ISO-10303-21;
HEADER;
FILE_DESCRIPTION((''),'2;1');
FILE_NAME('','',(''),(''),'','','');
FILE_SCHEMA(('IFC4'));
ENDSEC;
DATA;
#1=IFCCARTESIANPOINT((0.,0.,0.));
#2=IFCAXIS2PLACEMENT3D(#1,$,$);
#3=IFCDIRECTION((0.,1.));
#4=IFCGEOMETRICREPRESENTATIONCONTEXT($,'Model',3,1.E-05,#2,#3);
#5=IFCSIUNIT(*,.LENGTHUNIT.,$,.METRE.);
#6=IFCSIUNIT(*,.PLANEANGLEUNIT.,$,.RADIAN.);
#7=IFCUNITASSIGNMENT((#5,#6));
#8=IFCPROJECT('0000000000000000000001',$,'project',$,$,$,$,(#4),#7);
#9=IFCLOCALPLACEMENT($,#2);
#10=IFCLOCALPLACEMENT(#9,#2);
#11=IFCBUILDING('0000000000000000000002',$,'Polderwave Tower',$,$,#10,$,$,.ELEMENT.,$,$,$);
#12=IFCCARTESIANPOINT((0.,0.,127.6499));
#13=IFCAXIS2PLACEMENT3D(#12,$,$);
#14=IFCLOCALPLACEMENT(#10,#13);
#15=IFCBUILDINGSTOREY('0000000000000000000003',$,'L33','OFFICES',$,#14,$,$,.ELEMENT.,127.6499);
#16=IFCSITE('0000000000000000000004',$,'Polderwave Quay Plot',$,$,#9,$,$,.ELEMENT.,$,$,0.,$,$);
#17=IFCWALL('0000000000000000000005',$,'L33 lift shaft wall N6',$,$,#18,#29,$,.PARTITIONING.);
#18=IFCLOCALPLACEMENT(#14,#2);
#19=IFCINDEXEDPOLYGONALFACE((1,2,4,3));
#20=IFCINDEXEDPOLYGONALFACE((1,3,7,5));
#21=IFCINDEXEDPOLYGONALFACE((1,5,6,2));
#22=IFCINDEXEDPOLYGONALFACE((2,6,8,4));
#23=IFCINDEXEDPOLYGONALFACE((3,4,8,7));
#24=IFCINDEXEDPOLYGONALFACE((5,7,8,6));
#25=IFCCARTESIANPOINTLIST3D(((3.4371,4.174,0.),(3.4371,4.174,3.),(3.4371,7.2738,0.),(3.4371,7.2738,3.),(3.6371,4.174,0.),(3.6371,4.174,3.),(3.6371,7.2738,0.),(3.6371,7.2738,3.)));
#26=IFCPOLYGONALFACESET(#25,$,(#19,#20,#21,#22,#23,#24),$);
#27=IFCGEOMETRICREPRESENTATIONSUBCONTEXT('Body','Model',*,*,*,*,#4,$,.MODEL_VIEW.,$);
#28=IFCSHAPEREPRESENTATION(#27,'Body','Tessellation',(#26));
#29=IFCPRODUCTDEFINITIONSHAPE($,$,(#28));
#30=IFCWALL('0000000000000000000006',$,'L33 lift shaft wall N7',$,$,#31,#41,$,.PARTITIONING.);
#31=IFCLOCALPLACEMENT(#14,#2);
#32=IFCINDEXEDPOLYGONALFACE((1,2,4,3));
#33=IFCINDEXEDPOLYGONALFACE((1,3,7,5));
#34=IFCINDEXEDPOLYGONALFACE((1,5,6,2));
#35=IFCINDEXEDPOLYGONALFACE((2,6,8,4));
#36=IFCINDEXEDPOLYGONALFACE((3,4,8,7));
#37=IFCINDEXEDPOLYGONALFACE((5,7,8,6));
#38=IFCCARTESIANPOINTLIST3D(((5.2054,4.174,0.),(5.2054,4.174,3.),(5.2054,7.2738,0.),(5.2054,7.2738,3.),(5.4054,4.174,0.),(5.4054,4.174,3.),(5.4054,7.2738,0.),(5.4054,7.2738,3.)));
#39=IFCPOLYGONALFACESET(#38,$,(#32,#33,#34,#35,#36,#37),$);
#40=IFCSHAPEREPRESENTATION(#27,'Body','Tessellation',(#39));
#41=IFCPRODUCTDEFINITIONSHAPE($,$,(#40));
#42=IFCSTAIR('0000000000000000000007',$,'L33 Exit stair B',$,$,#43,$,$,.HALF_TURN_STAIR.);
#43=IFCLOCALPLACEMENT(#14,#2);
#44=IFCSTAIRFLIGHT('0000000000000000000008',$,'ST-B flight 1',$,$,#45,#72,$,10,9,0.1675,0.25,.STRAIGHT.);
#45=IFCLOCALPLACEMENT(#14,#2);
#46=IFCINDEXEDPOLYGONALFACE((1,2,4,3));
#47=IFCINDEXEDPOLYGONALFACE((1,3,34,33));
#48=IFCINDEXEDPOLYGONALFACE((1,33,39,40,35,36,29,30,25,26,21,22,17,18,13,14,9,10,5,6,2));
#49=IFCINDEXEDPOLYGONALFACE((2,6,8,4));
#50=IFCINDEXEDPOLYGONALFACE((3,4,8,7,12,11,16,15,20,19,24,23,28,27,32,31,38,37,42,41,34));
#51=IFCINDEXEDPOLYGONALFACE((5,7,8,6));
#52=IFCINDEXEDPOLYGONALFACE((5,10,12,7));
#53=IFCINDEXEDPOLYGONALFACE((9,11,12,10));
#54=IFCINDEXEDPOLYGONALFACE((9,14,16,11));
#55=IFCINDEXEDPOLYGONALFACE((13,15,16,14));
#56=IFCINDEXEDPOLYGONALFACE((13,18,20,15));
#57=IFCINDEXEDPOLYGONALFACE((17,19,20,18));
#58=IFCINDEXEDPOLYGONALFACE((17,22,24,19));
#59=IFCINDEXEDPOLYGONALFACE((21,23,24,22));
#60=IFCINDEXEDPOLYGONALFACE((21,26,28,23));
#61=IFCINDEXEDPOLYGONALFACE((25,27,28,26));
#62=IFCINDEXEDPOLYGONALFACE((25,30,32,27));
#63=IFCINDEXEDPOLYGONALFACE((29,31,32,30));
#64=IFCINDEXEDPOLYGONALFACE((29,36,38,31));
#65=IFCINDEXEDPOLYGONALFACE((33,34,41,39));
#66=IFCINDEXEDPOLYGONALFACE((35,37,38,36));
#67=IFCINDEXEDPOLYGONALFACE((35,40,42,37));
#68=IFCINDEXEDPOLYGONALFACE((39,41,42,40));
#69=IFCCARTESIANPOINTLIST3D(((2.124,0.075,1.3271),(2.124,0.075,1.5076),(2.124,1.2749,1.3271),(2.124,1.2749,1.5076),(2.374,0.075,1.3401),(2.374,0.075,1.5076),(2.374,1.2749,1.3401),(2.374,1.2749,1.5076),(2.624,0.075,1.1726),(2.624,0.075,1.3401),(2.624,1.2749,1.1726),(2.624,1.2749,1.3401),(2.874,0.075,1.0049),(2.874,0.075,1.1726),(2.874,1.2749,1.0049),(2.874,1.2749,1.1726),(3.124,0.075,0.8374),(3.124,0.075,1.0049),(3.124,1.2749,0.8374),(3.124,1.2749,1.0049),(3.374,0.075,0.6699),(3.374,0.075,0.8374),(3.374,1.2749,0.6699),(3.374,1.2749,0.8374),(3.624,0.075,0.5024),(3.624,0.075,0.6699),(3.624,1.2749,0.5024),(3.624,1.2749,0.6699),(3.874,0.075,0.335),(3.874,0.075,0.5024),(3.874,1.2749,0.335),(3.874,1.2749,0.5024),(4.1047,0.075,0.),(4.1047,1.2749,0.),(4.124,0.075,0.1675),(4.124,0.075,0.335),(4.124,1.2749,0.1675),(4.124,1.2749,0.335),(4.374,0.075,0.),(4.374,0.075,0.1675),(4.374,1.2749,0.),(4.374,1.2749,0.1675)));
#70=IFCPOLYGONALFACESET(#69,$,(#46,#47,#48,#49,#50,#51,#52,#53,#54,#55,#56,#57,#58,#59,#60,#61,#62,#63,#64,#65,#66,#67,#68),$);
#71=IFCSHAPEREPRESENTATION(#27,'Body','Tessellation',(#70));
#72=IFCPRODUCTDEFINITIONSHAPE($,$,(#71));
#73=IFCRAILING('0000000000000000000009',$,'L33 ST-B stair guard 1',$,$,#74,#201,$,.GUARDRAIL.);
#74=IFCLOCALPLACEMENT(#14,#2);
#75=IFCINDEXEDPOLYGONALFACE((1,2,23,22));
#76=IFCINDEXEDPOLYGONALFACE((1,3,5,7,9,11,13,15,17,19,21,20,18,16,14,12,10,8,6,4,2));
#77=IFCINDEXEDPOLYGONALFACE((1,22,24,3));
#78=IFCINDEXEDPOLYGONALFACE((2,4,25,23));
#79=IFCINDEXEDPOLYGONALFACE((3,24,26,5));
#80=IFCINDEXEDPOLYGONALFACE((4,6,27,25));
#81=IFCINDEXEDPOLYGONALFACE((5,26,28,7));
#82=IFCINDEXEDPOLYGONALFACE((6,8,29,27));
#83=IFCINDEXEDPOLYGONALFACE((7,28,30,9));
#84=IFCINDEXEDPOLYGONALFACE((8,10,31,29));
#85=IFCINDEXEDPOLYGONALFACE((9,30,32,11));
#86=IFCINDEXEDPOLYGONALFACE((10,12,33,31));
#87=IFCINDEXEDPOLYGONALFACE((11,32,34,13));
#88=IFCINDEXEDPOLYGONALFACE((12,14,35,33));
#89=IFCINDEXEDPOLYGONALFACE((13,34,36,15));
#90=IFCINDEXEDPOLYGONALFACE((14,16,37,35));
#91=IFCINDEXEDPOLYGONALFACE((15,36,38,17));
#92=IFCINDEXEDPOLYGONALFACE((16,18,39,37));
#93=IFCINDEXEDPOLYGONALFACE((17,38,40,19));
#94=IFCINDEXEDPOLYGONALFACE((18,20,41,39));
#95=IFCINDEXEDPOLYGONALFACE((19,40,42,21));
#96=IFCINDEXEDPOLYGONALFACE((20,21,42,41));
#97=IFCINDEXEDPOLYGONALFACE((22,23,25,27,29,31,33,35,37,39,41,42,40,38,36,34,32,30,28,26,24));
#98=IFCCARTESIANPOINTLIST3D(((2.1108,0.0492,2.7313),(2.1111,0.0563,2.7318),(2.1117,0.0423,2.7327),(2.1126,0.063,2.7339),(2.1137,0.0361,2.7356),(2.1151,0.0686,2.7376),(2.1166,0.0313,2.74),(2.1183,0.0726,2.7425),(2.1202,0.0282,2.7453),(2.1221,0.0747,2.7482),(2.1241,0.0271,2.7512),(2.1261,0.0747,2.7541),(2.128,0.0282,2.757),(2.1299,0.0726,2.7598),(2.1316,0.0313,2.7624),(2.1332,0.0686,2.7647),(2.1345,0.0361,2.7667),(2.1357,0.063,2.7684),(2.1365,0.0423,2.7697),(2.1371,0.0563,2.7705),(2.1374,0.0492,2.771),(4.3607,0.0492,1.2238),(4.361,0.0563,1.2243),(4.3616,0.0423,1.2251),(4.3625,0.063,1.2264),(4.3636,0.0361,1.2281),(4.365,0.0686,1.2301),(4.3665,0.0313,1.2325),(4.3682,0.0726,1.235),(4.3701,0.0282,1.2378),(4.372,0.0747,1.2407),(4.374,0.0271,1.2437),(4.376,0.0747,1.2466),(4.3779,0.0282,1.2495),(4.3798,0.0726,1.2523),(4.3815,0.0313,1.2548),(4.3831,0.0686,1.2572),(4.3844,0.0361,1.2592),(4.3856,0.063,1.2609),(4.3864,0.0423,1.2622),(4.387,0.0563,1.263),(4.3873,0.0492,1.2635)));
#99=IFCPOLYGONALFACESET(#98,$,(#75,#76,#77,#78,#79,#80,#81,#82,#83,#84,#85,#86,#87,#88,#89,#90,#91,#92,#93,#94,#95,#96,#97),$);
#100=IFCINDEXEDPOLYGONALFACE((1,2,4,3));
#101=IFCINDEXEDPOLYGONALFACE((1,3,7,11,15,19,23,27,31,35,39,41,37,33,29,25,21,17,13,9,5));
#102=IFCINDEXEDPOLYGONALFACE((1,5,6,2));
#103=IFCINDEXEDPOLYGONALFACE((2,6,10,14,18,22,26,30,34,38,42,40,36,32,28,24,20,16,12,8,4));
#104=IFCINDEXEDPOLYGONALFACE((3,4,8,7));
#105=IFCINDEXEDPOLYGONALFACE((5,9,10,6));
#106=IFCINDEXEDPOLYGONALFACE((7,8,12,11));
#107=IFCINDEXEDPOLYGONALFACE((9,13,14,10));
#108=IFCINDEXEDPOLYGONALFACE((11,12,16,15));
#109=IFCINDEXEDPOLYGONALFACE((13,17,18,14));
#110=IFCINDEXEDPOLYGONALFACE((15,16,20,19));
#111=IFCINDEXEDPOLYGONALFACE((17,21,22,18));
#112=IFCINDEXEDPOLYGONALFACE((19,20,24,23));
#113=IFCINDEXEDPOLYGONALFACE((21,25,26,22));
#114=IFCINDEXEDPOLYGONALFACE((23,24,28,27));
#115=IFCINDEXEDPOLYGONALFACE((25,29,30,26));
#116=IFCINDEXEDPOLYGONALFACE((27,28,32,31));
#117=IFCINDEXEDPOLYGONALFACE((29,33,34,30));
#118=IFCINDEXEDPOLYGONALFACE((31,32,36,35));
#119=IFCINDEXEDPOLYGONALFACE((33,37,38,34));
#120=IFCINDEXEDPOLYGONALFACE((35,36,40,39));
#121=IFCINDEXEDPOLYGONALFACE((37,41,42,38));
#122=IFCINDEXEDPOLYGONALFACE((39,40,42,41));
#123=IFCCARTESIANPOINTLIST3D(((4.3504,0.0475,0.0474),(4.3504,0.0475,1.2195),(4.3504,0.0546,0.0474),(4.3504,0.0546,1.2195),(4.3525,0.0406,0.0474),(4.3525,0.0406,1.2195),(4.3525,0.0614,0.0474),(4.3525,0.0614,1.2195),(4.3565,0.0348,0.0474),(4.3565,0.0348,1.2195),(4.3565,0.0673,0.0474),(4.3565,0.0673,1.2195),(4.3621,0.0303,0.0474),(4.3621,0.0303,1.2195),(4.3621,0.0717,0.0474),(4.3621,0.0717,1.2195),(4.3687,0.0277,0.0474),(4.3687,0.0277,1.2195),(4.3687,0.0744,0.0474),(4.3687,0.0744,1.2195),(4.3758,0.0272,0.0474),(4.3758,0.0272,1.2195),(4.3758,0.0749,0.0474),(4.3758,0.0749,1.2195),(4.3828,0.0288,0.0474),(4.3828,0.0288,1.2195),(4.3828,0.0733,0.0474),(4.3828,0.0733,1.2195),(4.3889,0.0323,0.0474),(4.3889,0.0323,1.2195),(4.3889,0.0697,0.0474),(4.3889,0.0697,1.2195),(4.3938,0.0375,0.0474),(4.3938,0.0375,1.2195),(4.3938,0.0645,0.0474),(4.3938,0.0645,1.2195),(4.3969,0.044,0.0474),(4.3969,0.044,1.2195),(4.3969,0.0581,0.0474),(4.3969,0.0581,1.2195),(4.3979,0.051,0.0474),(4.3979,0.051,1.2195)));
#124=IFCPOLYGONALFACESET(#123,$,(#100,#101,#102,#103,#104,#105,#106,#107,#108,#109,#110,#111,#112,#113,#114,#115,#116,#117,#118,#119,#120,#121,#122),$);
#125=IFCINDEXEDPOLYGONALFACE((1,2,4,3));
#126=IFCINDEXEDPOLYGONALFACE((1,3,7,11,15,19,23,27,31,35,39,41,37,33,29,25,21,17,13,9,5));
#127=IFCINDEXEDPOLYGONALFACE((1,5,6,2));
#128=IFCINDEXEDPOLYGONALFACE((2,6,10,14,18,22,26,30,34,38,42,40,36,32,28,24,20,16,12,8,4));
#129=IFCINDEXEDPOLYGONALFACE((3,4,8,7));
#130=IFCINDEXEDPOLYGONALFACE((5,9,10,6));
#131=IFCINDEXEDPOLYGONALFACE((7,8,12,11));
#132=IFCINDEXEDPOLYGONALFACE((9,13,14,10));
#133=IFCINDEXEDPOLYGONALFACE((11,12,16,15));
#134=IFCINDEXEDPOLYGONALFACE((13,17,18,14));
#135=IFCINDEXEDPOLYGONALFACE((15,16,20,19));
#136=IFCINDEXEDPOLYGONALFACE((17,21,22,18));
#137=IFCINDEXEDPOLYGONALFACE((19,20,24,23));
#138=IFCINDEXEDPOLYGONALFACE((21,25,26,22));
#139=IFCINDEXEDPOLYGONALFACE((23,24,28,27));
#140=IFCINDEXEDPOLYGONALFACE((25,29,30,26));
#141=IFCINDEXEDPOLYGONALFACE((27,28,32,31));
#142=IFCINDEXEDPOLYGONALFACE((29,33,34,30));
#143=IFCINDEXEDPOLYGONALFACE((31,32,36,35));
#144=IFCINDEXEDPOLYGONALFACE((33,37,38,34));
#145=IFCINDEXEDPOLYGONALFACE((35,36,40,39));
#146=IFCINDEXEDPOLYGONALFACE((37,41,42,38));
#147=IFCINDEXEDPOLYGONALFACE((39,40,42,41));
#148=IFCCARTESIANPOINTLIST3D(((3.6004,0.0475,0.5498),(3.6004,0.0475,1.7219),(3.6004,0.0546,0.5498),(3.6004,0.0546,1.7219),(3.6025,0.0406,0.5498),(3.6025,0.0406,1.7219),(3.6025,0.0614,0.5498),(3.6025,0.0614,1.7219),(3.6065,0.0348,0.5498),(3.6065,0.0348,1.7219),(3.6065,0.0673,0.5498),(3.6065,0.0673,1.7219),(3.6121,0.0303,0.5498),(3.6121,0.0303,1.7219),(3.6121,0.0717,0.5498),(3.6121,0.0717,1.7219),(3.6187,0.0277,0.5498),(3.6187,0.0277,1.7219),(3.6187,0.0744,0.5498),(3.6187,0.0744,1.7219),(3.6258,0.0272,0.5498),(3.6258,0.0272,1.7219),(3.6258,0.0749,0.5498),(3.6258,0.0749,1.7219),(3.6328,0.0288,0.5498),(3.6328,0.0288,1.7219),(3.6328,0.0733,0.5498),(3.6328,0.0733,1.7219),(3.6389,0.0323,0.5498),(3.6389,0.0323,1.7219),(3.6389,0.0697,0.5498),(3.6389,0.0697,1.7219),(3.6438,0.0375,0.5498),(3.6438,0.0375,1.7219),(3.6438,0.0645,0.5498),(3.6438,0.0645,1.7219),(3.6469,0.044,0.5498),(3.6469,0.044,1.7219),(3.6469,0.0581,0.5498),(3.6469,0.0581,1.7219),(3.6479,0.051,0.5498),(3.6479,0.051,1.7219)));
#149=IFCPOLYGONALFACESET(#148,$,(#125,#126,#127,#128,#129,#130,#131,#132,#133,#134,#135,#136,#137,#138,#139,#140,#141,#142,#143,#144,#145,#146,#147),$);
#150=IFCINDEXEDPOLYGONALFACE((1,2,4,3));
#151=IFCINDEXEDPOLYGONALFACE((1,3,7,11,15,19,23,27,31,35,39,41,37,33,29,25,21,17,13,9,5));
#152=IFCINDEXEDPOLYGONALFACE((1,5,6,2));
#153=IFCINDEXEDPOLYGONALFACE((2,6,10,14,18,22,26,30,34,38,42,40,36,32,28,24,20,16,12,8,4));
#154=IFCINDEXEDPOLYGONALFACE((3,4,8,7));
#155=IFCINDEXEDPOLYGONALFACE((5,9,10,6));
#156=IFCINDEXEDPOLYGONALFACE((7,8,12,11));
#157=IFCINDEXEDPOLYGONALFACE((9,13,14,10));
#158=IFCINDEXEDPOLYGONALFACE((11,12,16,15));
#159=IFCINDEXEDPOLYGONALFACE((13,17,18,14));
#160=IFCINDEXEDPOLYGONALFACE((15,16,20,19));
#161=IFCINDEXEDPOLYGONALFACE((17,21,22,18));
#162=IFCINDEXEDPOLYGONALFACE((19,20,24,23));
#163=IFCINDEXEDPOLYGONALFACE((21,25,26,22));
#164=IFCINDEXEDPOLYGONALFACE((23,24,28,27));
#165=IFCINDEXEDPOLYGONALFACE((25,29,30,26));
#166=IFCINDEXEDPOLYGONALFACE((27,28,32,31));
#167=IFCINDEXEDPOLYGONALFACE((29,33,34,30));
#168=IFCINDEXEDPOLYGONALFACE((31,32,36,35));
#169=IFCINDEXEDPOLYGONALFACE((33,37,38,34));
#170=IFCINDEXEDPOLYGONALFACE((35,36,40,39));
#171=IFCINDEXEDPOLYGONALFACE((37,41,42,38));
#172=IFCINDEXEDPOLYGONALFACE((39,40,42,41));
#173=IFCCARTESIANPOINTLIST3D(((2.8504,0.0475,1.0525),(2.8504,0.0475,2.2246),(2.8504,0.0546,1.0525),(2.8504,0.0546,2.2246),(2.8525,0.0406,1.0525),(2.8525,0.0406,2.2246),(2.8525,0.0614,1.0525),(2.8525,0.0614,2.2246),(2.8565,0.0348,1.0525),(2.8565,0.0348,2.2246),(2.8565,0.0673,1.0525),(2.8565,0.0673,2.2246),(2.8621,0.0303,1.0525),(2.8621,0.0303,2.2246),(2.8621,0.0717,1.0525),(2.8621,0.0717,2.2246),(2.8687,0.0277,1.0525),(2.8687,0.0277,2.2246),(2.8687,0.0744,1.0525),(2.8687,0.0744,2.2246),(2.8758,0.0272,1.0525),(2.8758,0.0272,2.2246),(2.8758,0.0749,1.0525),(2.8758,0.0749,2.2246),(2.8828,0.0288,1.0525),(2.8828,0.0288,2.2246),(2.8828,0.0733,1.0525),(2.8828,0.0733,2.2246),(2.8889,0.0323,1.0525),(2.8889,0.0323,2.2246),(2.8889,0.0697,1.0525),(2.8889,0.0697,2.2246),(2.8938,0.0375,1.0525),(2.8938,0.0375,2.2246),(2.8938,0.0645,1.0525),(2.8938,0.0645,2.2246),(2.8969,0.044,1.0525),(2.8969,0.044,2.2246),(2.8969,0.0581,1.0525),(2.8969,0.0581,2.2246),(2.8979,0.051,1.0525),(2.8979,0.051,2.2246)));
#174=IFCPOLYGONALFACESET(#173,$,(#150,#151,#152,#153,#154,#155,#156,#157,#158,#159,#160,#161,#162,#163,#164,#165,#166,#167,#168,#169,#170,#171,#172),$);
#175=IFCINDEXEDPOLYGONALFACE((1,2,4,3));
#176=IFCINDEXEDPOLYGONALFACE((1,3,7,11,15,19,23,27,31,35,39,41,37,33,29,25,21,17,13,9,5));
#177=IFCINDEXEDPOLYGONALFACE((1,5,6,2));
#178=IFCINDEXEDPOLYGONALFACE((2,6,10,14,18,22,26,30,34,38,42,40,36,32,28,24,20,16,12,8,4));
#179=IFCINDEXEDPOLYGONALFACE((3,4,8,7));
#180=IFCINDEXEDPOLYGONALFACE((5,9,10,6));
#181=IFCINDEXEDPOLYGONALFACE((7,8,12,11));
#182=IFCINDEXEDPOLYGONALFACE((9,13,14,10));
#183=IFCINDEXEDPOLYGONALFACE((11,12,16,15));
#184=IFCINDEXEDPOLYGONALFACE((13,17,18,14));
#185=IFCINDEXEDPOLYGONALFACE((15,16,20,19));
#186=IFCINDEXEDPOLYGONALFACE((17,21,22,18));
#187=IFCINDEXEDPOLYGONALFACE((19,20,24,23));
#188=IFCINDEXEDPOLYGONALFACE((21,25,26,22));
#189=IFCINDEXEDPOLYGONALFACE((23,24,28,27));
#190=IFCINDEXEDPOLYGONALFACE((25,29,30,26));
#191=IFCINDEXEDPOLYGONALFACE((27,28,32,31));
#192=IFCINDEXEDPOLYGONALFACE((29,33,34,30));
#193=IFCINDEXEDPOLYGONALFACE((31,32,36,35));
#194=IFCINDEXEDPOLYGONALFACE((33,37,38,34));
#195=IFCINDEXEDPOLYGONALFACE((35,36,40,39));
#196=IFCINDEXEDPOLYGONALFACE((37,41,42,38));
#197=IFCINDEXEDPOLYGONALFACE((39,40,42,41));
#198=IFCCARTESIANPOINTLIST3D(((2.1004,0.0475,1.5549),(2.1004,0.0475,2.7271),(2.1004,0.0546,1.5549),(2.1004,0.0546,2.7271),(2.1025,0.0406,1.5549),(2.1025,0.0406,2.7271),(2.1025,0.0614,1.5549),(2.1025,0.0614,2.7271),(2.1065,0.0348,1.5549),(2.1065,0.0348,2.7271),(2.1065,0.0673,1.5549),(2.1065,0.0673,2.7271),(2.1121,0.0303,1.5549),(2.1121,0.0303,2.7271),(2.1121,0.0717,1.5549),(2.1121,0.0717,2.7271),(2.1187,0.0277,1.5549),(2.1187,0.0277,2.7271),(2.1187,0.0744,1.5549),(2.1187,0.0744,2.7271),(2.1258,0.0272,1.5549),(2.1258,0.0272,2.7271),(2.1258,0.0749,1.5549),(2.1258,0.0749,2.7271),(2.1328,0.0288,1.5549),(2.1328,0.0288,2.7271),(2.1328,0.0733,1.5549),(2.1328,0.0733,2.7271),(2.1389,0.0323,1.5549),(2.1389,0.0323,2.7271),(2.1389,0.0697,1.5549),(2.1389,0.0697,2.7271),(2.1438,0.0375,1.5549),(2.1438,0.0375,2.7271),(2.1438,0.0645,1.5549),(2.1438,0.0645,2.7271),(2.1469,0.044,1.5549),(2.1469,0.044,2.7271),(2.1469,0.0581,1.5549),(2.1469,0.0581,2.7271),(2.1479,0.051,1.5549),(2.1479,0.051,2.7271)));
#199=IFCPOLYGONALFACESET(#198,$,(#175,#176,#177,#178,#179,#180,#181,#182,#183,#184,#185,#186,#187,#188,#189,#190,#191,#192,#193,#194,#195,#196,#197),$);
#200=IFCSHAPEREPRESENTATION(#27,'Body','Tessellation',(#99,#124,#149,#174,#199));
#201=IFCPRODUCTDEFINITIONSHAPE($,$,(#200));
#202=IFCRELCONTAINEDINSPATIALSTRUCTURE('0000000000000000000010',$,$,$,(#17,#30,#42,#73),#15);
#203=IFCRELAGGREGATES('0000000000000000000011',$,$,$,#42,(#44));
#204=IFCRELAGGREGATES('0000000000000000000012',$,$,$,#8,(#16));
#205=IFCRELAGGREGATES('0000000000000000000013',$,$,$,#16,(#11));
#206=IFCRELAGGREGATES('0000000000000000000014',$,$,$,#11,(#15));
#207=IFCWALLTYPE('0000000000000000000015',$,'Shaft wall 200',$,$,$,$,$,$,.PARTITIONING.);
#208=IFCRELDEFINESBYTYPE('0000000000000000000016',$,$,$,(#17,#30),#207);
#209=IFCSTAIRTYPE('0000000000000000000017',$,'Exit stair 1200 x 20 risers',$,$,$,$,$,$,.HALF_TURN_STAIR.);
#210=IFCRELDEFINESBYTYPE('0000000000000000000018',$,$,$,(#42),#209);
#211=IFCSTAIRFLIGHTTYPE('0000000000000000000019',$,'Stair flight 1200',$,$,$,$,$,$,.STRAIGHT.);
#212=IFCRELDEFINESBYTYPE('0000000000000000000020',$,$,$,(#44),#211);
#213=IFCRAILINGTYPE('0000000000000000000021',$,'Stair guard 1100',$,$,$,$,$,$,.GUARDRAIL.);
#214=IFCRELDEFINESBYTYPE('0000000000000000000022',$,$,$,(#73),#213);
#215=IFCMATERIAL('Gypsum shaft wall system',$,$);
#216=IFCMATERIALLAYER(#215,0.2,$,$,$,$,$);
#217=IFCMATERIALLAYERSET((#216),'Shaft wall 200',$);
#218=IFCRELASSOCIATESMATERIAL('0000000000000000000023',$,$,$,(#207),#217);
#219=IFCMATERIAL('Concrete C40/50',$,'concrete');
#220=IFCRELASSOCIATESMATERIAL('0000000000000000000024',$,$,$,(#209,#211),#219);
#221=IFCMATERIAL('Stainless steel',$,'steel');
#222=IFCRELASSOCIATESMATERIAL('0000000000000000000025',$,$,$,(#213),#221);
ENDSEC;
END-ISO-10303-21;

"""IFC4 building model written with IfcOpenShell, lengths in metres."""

from ifc_helpers import new_model, si_unit, direction, frame, frame_2d, origin, origin_2d, place, context, subcontext, project, spatial, polyline, rectangle, circle, outline, extrude, material, layer, layer_set, type_object, element, aggregate, save


model = new_model("IFC4")

# Units and contexts
model_context = context("Model", 3, precision=1e-05, world=origin(), true_north=direction((0.0, 1.0)))
body_context = subcontext(model_context, "Body", "Model", "MODEL_VIEW")
ifc_project = project(units=[si_unit("LENGTHUNIT", "METRE"), si_unit("PLANEANGLEUNIT", "RADIAN")], contexts=[model_context])

# Site, building, storey
site_placement = place(None, origin())
site = spatial("IfcSite", under=ifc_project, at=site_placement, Name="Polderwave Quay Plot", CompositionType="ELEMENT", RefElevation=0.0)
building_placement = place(site_placement, origin())
building = spatial("IfcBuilding", under=site, at=building_placement, Name="Polderwave Tower", CompositionType="ELEMENT")
storey_placement = place(building_placement, frame((0.0, 0.0, 127.6499)))
storey = spatial("IfcBuildingStorey", under=building, at=storey_placement, Name="L33", Description="OFFICES", CompositionType="ELEMENT", Elevation=127.6499)

# Shared definitions
ifc_material_1 = material(Name="Stainless steel", Category="steel")

# Walls
ifc_material_2 = material(Name="Gypsum shaft wall system")
ifc_layer_1 = layer(ifc_material_2, 0.2)
ifc_layer_set_1 = layer_set([ifc_layer_1], Name="Shaft wall 200")
wall_type_1 = type_object("IfcWallType", Name="Shaft wall 200", PredefinedType="PARTITIONING", material=ifc_layer_set_1)
for number, where, z_axis, x_axis, name in (
    (1, (3.5371, 4.1741, 0.0), (0.0, 0.0, 1.0), (0.0, 1.0, 0.0), "L33 lift shaft wall N6"),
    (2, (5.3054, 4.1741, 0.0), (0.0, 0.0, 1.0), (0.0, 1.0, 0.0), "L33 lift shaft wall N7"),
):
    element("IfcWall", number, at=place(storey_placement, frame(where, z_axis=z_axis, x_axis=x_axis)), inside=storey, type_object=wall_type_1, Name=name, PredefinedType="PARTITIONING", context=body_context, shape_type="SweptSolid", body=[
        extrude(rectangle(XDim=3.0999, YDim=0.2, at=frame_2d((1.5498, 0.0))), origin(), (0.0, 0.0, 1.0), 3.0),
    ])

# Stair, stair flight
ifc_material_3 = material(Name="Concrete C40/50", Category="concrete")
stair_type = type_object("IfcStairType", Name="Exit stair 1200 x 20 risers", PredefinedType="HALF_TURN_STAIR", material=ifc_material_3)
stair_placement = place(storey_placement, origin())
stair = element("IfcStair", 3, at=stair_placement, inside=storey, type_object=stair_type, Name="L33 Exit stair B", PredefinedType="HALF_TURN_STAIR")
stair_flight_type = type_object("IfcStairFlightType", Name="Stair flight 1200", PredefinedType="STRAIGHT", material=ifc_material_3)
stair_flight_placement = place(storey_placement, frame((4.374, 0.675, 0.0), z_axis=(0.0, 0.0, 1.0), x_axis=(-1.0, 0.0, 0.0)))
stair_flight = element("IfcStairFlight", 4, at=stair_flight_placement, type_object=stair_flight_type, Name="ST-B flight 1", NumberOfRisers=10, NumberOfTreads=9, PredefinedType="STRAIGHT", RiserHeight=0.1675, TreadLength=0.25, context=body_context, shape_type="SweptSolid", body=[
    extrude(outline(polyline([(0.0, 0.0), (0.0, 0.1675), (0.25, 0.1675), (0.25, 0.335), (0.5, 0.335), (0.5, 0.5024), (0.75, 0.5024), (0.75, 0.6699), (1.0, 0.6699), (1.0, 0.8374), (1.25, 0.8374), (1.25, 1.0049), (1.5, 1.0049), (1.5, 1.1726), (1.75, 1.1726), (1.75, 1.3401), (2.0, 1.3401), (2.0, 1.5076), (2.25, 1.5076), (2.25, 1.675), (2.25, 1.3271), (0.2693, 0.0), (0.0, 0.0)])), frame((0.0, 0.6001, 0.0), z_axis=(0.0, -1.0, 0.0), x_axis=(1.0, 0.0, 0.0)), (0.0, 0.0, 1.0), 1.2),
])
aggregate(stair, [stair_flight])

# Railing
railing_type_1 = type_object("IfcRailingType", Name="Stair guard 1100", PredefinedType="GUARDRAIL", material=ifc_material_1)
railing_1_placement = place(storey_placement, frame((4.374, 0.051, 0.0474)))
element("IfcRailing", 5, at=railing_1_placement, inside=storey, type_object=railing_type_1, Name="L33 ST-B stair guard 1", PredefinedType="GUARDRAIL", context=body_context, shape_type="SweptSolid", body=[
    extrude(circle(Radius=0.0239, at=origin_2d()), frame((0.0, 0.0, 1.1963), z_axis=(-0.830758, 0.0, 0.556633), x_axis=(0.0, -1.0, 0.0)), (0.0, 0.0, 1.0), 2.7083),
    extrude(circle(Radius=0.0239, at=origin_2d()), origin(), (0.0, 0.0, 1.0), 1.1721),
    extrude(circle(Radius=0.0239, at=origin_2d()), frame((-0.75, 0.0, 0.5024)), (0.0, 0.0, 1.0), 1.1721),
    extrude(circle(Radius=0.0239, at=origin_2d()), frame((-1.5, 0.0, 1.0051)), (0.0, 0.0, 1.0), 1.1721),
    extrude(circle(Radius=0.0239, at=origin_2d()), frame((-2.25, 0.0, 1.5076)), (0.0, 0.0, 1.0), 1.1721),
])

save(model, "model.ifc")
